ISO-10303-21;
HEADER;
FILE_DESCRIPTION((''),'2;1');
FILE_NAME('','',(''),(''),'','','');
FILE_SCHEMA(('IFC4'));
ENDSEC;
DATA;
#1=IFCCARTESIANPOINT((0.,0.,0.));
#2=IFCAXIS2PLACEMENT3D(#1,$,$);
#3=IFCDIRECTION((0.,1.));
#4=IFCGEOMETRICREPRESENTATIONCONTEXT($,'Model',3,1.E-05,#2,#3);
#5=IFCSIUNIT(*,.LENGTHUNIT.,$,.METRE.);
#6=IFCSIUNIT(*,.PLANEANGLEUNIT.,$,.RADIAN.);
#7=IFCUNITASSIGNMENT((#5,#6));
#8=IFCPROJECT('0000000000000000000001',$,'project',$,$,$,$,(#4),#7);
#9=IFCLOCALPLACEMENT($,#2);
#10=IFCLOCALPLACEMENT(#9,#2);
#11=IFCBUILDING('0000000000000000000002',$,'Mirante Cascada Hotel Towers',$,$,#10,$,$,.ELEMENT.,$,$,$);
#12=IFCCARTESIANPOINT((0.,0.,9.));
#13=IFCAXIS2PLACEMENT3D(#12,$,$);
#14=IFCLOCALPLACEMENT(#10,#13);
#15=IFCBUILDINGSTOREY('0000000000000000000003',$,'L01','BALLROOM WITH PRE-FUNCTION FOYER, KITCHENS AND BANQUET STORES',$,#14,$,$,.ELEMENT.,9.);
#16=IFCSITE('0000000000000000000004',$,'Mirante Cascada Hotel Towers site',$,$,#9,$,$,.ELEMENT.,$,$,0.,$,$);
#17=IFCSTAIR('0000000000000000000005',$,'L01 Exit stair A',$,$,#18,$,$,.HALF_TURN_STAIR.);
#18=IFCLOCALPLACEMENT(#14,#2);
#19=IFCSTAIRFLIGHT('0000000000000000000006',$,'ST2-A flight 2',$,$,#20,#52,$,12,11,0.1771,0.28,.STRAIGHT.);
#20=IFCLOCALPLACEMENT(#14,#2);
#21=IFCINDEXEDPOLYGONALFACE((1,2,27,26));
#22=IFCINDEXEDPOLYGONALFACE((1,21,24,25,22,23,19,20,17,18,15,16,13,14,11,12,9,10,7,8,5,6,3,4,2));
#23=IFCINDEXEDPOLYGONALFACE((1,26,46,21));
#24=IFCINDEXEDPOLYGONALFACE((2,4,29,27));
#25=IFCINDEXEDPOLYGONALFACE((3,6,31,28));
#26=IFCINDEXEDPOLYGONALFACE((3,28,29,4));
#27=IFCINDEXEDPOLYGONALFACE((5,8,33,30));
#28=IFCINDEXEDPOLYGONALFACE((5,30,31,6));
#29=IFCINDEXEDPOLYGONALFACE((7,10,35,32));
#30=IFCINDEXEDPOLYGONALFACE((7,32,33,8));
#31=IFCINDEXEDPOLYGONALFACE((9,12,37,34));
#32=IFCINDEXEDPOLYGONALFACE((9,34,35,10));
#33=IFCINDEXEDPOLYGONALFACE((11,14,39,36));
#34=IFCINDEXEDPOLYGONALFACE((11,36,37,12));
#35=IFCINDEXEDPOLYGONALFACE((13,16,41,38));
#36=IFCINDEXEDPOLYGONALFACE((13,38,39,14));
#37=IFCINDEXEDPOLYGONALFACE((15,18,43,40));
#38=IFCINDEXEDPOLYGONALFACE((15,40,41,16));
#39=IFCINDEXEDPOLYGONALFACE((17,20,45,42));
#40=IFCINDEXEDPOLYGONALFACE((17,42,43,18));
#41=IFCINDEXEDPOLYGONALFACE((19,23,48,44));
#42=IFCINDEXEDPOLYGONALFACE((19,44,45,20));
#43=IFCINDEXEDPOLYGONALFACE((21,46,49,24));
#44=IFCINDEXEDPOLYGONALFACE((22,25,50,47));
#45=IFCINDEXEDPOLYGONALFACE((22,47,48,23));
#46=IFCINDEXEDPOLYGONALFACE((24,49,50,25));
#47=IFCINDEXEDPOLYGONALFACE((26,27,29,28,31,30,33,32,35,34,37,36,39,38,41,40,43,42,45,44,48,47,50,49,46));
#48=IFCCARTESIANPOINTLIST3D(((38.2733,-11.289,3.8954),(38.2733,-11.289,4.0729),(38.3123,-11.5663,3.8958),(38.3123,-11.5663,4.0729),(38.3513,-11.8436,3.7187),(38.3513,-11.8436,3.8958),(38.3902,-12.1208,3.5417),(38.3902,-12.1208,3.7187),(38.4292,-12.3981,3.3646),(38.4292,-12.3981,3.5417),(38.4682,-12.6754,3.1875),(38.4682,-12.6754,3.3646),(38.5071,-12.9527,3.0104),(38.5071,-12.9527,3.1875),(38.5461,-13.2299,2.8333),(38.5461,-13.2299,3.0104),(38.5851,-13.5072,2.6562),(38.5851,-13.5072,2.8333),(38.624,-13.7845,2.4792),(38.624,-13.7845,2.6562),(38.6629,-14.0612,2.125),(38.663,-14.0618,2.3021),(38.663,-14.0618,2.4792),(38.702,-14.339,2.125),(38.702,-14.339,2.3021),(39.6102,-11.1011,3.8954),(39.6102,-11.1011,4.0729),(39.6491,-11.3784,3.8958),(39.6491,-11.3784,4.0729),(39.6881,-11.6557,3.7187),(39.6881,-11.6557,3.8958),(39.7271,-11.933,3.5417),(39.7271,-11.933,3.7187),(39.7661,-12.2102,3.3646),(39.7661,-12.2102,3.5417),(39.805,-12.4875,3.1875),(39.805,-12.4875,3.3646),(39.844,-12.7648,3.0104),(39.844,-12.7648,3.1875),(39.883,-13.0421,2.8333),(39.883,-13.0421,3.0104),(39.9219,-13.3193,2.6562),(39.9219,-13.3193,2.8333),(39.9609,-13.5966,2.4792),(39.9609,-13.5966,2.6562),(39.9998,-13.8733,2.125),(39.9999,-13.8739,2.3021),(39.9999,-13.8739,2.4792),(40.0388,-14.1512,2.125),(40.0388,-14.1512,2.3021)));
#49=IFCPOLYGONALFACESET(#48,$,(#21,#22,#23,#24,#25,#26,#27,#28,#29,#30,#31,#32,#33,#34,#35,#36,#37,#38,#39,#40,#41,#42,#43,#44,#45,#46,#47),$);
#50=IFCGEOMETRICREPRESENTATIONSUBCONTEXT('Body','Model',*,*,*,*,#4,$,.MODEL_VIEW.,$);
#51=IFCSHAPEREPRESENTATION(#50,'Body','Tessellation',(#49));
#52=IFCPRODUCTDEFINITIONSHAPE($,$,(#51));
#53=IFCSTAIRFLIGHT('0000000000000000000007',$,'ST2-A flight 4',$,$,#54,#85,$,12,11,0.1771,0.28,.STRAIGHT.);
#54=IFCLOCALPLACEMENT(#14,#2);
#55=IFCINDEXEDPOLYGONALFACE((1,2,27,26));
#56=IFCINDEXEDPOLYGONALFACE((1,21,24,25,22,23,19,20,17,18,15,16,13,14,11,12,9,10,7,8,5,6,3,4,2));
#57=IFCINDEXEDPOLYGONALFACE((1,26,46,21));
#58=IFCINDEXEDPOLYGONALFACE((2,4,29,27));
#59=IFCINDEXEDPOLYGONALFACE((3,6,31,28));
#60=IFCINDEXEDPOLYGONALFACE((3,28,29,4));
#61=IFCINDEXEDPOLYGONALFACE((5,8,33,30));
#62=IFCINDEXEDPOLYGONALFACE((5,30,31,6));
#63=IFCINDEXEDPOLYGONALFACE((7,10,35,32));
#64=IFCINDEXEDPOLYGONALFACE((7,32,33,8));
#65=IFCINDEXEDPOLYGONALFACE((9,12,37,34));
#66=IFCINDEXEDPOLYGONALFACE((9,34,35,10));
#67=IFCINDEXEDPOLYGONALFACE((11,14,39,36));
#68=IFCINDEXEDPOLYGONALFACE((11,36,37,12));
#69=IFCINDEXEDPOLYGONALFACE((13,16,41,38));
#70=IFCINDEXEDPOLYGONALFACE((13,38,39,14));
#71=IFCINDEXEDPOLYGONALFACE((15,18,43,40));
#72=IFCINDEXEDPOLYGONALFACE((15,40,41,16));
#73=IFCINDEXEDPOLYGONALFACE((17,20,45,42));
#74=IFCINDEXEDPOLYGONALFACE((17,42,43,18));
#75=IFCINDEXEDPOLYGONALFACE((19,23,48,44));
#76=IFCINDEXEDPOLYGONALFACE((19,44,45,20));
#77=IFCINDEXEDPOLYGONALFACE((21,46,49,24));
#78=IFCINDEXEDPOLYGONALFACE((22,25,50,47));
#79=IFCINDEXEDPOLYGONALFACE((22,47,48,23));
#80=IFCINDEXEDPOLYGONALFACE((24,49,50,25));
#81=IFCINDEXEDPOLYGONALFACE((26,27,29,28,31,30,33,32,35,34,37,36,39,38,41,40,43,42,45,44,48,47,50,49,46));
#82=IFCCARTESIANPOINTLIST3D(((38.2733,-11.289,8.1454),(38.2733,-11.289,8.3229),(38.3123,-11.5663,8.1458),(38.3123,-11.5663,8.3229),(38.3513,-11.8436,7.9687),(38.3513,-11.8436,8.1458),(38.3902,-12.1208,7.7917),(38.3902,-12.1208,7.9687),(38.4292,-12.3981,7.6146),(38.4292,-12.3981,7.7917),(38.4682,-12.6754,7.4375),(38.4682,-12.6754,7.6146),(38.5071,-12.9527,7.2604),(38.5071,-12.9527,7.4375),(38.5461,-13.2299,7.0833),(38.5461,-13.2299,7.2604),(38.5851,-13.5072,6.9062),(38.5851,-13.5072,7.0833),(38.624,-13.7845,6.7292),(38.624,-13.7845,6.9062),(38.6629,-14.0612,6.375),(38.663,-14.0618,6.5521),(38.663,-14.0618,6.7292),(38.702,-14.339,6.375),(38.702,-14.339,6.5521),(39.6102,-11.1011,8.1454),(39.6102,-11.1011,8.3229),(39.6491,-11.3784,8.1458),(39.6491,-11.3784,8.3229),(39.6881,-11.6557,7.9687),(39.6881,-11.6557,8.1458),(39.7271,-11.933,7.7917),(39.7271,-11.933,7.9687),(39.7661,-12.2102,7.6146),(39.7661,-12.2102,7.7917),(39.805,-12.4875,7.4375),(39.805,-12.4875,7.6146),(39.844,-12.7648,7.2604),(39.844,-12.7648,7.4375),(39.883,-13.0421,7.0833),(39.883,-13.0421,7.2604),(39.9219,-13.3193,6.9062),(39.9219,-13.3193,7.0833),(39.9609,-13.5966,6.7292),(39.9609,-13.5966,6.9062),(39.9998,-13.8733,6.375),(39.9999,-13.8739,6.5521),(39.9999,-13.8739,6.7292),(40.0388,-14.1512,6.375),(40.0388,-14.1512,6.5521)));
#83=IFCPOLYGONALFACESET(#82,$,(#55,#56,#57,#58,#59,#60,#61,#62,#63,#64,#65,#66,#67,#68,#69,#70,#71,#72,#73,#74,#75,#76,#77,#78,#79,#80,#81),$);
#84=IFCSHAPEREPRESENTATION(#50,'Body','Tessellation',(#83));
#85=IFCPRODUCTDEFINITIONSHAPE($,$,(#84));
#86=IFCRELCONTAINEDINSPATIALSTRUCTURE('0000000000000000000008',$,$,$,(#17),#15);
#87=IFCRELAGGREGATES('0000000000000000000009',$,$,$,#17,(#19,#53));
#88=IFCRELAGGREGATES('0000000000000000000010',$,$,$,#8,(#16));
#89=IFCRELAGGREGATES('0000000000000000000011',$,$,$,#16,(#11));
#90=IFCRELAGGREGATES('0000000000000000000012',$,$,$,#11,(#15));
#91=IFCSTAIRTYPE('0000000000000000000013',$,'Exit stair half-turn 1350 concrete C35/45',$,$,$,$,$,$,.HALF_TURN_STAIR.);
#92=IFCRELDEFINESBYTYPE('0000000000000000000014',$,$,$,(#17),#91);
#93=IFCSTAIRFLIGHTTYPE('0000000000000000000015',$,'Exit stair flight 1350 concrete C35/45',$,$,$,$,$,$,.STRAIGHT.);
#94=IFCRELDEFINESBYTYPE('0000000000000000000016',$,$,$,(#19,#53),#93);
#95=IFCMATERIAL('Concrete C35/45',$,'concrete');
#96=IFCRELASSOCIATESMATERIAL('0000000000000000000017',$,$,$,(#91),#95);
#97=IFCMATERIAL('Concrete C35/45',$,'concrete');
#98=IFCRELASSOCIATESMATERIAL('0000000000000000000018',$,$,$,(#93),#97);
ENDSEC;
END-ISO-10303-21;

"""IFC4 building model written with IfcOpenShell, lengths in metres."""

from ifc_helpers import new_model, si_unit, direction, frame, origin, place, context, subcontext, project, spatial, polyline, outline, extrude, material, type_object, element, aggregate, save


model = new_model("IFC4")

# Units and contexts
model_context = context("Model", 3, precision=1e-05, world=origin(), true_north=direction((0.0, 1.0)))
body_context = subcontext(model_context, "Body", "Model", "MODEL_VIEW")
ifc_project = project(units=[si_unit("LENGTHUNIT", "METRE"), si_unit("PLANEANGLEUNIT", "RADIAN")], contexts=[model_context])

# Site, building, storey
site_placement = place(None, origin())
site = spatial("IfcSite", under=ifc_project, at=site_placement, Name="Mirante Cascada Hotel Towers site", CompositionType="ELEMENT", RefElevation=0.0)
building_placement = place(site_placement, origin())
building = spatial("IfcBuilding", under=site, at=building_placement, Name="Mirante Cascada Hotel Towers", CompositionType="ELEMENT")
storey_placement = place(building_placement, frame((0.0, 0.0, 9.0)))
storey = spatial("IfcBuildingStorey", under=building, at=storey_placement, Name="L01", Description="BALLROOM WITH PRE-FUNCTION FOYER, KITCHENS AND BANQUET STORES", CompositionType="ELEMENT", Elevation=9.0)

# Stair, stair flights
ifc_material_1 = material(Name="Concrete C35/45", Category="concrete")
stair_type = type_object("IfcStairType", Name="Exit stair half-turn 1350 concrete C35/45", PredefinedType="HALF_TURN_STAIR", material=ifc_material_1)
stair_placement = place(storey_placement, origin())
stair = element("IfcStair", 1, at=stair_placement, inside=storey, type_object=stair_type, Name="L01 Exit stair A", PredefinedType="HALF_TURN_STAIR")
ifc_material_2 = material(Name="Concrete C35/45", Category="concrete")
stair_flight_type = type_object("IfcStairFlightType", Name="Exit stair flight 1350 concrete C35/45", PredefinedType="STRAIGHT", material=ifc_material_2)
stair_flight_1_placement = place(storey_placement, frame((39.3704, -14.2451, 2.125), z_axis=(0.0, 0.0, 1.0), x_axis=(-0.139173, 0.990268, 0.0)))
stair_flight_1 = element("IfcStairFlight", 2, at=stair_flight_1_placement, type_object=stair_flight_type, Name="ST2-A flight 2", NumberOfRisers=12, NumberOfTreads=11, PredefinedType="STRAIGHT", RiserHeight=0.1771, TreadLength=0.28, context=body_context, shape_type="SweptSolid", body=[
    extrude(outline(polyline([(0.0, 0.0), (0.0, 0.1771), (0.28, 0.1771), (0.28, 0.3542), (0.56, 0.3542), (0.56, 0.5312), (0.84, 0.5312), (0.84, 0.7083), (1.12, 0.7083), (1.12, 0.8854), (1.4, 0.8854), (1.4, 1.0625), (1.68, 1.0625), (1.68, 1.2396), (1.96, 1.2396), (1.96, 1.4167), (2.24, 1.4167), (2.24, 1.5937), (2.52, 1.5937), (2.52, 1.7708), (2.8, 1.7708), (2.8, 1.9479), (3.08, 1.9479), (3.08, 2.125), (3.08, 1.7704), (0.2806, 0.0), (0.0, 0.0)])), frame((0.0, 0.675, 0.0), z_axis=(0.0, -1.0, 0.0), x_axis=(1.0, 0.0, 0.0)), (0.0, 0.0, 1.0), 1.35),
])
stair_flight_2_placement = place(storey_placement, frame((39.3704, -14.2451, 6.375), z_axis=(0.0, 0.0, 1.0), x_axis=(-0.139173, 0.990268, 0.0)))
stair_flight_2 = element("IfcStairFlight", 3, at=stair_flight_2_placement, type_object=stair_flight_type, Name="ST2-A flight 4", NumberOfRisers=12, NumberOfTreads=11, PredefinedType="STRAIGHT", RiserHeight=0.1771, TreadLength=0.28, context=body_context, shape_type="SweptSolid", body=[
    extrude(outline(polyline([(0.0, 0.0), (0.0, 0.1771), (0.28, 0.1771), (0.28, 0.3542), (0.56, 0.3542), (0.56, 0.5312), (0.84, 0.5312), (0.84, 0.7083), (1.12, 0.7083), (1.12, 0.8854), (1.4, 0.8854), (1.4, 1.0625), (1.68, 1.0625), (1.68, 1.2396), (1.96, 1.2396), (1.96, 1.4167), (2.24, 1.4167), (2.24, 1.5937), (2.52, 1.5937), (2.52, 1.7708), (2.8, 1.7708), (2.8, 1.9479), (3.08, 1.9479), (3.08, 2.125), (3.08, 1.7704), (0.2806, 0.0), (0.0, 0.0)])), frame((0.0, 0.675, 0.0), z_axis=(0.0, -1.0, 0.0), x_axis=(1.0, 0.0, 0.0)), (0.0, 0.0, 1.0), 1.35),
])
aggregate(stair, [stair_flight_1, stair_flight_2])

save(model, "model.ifc")
